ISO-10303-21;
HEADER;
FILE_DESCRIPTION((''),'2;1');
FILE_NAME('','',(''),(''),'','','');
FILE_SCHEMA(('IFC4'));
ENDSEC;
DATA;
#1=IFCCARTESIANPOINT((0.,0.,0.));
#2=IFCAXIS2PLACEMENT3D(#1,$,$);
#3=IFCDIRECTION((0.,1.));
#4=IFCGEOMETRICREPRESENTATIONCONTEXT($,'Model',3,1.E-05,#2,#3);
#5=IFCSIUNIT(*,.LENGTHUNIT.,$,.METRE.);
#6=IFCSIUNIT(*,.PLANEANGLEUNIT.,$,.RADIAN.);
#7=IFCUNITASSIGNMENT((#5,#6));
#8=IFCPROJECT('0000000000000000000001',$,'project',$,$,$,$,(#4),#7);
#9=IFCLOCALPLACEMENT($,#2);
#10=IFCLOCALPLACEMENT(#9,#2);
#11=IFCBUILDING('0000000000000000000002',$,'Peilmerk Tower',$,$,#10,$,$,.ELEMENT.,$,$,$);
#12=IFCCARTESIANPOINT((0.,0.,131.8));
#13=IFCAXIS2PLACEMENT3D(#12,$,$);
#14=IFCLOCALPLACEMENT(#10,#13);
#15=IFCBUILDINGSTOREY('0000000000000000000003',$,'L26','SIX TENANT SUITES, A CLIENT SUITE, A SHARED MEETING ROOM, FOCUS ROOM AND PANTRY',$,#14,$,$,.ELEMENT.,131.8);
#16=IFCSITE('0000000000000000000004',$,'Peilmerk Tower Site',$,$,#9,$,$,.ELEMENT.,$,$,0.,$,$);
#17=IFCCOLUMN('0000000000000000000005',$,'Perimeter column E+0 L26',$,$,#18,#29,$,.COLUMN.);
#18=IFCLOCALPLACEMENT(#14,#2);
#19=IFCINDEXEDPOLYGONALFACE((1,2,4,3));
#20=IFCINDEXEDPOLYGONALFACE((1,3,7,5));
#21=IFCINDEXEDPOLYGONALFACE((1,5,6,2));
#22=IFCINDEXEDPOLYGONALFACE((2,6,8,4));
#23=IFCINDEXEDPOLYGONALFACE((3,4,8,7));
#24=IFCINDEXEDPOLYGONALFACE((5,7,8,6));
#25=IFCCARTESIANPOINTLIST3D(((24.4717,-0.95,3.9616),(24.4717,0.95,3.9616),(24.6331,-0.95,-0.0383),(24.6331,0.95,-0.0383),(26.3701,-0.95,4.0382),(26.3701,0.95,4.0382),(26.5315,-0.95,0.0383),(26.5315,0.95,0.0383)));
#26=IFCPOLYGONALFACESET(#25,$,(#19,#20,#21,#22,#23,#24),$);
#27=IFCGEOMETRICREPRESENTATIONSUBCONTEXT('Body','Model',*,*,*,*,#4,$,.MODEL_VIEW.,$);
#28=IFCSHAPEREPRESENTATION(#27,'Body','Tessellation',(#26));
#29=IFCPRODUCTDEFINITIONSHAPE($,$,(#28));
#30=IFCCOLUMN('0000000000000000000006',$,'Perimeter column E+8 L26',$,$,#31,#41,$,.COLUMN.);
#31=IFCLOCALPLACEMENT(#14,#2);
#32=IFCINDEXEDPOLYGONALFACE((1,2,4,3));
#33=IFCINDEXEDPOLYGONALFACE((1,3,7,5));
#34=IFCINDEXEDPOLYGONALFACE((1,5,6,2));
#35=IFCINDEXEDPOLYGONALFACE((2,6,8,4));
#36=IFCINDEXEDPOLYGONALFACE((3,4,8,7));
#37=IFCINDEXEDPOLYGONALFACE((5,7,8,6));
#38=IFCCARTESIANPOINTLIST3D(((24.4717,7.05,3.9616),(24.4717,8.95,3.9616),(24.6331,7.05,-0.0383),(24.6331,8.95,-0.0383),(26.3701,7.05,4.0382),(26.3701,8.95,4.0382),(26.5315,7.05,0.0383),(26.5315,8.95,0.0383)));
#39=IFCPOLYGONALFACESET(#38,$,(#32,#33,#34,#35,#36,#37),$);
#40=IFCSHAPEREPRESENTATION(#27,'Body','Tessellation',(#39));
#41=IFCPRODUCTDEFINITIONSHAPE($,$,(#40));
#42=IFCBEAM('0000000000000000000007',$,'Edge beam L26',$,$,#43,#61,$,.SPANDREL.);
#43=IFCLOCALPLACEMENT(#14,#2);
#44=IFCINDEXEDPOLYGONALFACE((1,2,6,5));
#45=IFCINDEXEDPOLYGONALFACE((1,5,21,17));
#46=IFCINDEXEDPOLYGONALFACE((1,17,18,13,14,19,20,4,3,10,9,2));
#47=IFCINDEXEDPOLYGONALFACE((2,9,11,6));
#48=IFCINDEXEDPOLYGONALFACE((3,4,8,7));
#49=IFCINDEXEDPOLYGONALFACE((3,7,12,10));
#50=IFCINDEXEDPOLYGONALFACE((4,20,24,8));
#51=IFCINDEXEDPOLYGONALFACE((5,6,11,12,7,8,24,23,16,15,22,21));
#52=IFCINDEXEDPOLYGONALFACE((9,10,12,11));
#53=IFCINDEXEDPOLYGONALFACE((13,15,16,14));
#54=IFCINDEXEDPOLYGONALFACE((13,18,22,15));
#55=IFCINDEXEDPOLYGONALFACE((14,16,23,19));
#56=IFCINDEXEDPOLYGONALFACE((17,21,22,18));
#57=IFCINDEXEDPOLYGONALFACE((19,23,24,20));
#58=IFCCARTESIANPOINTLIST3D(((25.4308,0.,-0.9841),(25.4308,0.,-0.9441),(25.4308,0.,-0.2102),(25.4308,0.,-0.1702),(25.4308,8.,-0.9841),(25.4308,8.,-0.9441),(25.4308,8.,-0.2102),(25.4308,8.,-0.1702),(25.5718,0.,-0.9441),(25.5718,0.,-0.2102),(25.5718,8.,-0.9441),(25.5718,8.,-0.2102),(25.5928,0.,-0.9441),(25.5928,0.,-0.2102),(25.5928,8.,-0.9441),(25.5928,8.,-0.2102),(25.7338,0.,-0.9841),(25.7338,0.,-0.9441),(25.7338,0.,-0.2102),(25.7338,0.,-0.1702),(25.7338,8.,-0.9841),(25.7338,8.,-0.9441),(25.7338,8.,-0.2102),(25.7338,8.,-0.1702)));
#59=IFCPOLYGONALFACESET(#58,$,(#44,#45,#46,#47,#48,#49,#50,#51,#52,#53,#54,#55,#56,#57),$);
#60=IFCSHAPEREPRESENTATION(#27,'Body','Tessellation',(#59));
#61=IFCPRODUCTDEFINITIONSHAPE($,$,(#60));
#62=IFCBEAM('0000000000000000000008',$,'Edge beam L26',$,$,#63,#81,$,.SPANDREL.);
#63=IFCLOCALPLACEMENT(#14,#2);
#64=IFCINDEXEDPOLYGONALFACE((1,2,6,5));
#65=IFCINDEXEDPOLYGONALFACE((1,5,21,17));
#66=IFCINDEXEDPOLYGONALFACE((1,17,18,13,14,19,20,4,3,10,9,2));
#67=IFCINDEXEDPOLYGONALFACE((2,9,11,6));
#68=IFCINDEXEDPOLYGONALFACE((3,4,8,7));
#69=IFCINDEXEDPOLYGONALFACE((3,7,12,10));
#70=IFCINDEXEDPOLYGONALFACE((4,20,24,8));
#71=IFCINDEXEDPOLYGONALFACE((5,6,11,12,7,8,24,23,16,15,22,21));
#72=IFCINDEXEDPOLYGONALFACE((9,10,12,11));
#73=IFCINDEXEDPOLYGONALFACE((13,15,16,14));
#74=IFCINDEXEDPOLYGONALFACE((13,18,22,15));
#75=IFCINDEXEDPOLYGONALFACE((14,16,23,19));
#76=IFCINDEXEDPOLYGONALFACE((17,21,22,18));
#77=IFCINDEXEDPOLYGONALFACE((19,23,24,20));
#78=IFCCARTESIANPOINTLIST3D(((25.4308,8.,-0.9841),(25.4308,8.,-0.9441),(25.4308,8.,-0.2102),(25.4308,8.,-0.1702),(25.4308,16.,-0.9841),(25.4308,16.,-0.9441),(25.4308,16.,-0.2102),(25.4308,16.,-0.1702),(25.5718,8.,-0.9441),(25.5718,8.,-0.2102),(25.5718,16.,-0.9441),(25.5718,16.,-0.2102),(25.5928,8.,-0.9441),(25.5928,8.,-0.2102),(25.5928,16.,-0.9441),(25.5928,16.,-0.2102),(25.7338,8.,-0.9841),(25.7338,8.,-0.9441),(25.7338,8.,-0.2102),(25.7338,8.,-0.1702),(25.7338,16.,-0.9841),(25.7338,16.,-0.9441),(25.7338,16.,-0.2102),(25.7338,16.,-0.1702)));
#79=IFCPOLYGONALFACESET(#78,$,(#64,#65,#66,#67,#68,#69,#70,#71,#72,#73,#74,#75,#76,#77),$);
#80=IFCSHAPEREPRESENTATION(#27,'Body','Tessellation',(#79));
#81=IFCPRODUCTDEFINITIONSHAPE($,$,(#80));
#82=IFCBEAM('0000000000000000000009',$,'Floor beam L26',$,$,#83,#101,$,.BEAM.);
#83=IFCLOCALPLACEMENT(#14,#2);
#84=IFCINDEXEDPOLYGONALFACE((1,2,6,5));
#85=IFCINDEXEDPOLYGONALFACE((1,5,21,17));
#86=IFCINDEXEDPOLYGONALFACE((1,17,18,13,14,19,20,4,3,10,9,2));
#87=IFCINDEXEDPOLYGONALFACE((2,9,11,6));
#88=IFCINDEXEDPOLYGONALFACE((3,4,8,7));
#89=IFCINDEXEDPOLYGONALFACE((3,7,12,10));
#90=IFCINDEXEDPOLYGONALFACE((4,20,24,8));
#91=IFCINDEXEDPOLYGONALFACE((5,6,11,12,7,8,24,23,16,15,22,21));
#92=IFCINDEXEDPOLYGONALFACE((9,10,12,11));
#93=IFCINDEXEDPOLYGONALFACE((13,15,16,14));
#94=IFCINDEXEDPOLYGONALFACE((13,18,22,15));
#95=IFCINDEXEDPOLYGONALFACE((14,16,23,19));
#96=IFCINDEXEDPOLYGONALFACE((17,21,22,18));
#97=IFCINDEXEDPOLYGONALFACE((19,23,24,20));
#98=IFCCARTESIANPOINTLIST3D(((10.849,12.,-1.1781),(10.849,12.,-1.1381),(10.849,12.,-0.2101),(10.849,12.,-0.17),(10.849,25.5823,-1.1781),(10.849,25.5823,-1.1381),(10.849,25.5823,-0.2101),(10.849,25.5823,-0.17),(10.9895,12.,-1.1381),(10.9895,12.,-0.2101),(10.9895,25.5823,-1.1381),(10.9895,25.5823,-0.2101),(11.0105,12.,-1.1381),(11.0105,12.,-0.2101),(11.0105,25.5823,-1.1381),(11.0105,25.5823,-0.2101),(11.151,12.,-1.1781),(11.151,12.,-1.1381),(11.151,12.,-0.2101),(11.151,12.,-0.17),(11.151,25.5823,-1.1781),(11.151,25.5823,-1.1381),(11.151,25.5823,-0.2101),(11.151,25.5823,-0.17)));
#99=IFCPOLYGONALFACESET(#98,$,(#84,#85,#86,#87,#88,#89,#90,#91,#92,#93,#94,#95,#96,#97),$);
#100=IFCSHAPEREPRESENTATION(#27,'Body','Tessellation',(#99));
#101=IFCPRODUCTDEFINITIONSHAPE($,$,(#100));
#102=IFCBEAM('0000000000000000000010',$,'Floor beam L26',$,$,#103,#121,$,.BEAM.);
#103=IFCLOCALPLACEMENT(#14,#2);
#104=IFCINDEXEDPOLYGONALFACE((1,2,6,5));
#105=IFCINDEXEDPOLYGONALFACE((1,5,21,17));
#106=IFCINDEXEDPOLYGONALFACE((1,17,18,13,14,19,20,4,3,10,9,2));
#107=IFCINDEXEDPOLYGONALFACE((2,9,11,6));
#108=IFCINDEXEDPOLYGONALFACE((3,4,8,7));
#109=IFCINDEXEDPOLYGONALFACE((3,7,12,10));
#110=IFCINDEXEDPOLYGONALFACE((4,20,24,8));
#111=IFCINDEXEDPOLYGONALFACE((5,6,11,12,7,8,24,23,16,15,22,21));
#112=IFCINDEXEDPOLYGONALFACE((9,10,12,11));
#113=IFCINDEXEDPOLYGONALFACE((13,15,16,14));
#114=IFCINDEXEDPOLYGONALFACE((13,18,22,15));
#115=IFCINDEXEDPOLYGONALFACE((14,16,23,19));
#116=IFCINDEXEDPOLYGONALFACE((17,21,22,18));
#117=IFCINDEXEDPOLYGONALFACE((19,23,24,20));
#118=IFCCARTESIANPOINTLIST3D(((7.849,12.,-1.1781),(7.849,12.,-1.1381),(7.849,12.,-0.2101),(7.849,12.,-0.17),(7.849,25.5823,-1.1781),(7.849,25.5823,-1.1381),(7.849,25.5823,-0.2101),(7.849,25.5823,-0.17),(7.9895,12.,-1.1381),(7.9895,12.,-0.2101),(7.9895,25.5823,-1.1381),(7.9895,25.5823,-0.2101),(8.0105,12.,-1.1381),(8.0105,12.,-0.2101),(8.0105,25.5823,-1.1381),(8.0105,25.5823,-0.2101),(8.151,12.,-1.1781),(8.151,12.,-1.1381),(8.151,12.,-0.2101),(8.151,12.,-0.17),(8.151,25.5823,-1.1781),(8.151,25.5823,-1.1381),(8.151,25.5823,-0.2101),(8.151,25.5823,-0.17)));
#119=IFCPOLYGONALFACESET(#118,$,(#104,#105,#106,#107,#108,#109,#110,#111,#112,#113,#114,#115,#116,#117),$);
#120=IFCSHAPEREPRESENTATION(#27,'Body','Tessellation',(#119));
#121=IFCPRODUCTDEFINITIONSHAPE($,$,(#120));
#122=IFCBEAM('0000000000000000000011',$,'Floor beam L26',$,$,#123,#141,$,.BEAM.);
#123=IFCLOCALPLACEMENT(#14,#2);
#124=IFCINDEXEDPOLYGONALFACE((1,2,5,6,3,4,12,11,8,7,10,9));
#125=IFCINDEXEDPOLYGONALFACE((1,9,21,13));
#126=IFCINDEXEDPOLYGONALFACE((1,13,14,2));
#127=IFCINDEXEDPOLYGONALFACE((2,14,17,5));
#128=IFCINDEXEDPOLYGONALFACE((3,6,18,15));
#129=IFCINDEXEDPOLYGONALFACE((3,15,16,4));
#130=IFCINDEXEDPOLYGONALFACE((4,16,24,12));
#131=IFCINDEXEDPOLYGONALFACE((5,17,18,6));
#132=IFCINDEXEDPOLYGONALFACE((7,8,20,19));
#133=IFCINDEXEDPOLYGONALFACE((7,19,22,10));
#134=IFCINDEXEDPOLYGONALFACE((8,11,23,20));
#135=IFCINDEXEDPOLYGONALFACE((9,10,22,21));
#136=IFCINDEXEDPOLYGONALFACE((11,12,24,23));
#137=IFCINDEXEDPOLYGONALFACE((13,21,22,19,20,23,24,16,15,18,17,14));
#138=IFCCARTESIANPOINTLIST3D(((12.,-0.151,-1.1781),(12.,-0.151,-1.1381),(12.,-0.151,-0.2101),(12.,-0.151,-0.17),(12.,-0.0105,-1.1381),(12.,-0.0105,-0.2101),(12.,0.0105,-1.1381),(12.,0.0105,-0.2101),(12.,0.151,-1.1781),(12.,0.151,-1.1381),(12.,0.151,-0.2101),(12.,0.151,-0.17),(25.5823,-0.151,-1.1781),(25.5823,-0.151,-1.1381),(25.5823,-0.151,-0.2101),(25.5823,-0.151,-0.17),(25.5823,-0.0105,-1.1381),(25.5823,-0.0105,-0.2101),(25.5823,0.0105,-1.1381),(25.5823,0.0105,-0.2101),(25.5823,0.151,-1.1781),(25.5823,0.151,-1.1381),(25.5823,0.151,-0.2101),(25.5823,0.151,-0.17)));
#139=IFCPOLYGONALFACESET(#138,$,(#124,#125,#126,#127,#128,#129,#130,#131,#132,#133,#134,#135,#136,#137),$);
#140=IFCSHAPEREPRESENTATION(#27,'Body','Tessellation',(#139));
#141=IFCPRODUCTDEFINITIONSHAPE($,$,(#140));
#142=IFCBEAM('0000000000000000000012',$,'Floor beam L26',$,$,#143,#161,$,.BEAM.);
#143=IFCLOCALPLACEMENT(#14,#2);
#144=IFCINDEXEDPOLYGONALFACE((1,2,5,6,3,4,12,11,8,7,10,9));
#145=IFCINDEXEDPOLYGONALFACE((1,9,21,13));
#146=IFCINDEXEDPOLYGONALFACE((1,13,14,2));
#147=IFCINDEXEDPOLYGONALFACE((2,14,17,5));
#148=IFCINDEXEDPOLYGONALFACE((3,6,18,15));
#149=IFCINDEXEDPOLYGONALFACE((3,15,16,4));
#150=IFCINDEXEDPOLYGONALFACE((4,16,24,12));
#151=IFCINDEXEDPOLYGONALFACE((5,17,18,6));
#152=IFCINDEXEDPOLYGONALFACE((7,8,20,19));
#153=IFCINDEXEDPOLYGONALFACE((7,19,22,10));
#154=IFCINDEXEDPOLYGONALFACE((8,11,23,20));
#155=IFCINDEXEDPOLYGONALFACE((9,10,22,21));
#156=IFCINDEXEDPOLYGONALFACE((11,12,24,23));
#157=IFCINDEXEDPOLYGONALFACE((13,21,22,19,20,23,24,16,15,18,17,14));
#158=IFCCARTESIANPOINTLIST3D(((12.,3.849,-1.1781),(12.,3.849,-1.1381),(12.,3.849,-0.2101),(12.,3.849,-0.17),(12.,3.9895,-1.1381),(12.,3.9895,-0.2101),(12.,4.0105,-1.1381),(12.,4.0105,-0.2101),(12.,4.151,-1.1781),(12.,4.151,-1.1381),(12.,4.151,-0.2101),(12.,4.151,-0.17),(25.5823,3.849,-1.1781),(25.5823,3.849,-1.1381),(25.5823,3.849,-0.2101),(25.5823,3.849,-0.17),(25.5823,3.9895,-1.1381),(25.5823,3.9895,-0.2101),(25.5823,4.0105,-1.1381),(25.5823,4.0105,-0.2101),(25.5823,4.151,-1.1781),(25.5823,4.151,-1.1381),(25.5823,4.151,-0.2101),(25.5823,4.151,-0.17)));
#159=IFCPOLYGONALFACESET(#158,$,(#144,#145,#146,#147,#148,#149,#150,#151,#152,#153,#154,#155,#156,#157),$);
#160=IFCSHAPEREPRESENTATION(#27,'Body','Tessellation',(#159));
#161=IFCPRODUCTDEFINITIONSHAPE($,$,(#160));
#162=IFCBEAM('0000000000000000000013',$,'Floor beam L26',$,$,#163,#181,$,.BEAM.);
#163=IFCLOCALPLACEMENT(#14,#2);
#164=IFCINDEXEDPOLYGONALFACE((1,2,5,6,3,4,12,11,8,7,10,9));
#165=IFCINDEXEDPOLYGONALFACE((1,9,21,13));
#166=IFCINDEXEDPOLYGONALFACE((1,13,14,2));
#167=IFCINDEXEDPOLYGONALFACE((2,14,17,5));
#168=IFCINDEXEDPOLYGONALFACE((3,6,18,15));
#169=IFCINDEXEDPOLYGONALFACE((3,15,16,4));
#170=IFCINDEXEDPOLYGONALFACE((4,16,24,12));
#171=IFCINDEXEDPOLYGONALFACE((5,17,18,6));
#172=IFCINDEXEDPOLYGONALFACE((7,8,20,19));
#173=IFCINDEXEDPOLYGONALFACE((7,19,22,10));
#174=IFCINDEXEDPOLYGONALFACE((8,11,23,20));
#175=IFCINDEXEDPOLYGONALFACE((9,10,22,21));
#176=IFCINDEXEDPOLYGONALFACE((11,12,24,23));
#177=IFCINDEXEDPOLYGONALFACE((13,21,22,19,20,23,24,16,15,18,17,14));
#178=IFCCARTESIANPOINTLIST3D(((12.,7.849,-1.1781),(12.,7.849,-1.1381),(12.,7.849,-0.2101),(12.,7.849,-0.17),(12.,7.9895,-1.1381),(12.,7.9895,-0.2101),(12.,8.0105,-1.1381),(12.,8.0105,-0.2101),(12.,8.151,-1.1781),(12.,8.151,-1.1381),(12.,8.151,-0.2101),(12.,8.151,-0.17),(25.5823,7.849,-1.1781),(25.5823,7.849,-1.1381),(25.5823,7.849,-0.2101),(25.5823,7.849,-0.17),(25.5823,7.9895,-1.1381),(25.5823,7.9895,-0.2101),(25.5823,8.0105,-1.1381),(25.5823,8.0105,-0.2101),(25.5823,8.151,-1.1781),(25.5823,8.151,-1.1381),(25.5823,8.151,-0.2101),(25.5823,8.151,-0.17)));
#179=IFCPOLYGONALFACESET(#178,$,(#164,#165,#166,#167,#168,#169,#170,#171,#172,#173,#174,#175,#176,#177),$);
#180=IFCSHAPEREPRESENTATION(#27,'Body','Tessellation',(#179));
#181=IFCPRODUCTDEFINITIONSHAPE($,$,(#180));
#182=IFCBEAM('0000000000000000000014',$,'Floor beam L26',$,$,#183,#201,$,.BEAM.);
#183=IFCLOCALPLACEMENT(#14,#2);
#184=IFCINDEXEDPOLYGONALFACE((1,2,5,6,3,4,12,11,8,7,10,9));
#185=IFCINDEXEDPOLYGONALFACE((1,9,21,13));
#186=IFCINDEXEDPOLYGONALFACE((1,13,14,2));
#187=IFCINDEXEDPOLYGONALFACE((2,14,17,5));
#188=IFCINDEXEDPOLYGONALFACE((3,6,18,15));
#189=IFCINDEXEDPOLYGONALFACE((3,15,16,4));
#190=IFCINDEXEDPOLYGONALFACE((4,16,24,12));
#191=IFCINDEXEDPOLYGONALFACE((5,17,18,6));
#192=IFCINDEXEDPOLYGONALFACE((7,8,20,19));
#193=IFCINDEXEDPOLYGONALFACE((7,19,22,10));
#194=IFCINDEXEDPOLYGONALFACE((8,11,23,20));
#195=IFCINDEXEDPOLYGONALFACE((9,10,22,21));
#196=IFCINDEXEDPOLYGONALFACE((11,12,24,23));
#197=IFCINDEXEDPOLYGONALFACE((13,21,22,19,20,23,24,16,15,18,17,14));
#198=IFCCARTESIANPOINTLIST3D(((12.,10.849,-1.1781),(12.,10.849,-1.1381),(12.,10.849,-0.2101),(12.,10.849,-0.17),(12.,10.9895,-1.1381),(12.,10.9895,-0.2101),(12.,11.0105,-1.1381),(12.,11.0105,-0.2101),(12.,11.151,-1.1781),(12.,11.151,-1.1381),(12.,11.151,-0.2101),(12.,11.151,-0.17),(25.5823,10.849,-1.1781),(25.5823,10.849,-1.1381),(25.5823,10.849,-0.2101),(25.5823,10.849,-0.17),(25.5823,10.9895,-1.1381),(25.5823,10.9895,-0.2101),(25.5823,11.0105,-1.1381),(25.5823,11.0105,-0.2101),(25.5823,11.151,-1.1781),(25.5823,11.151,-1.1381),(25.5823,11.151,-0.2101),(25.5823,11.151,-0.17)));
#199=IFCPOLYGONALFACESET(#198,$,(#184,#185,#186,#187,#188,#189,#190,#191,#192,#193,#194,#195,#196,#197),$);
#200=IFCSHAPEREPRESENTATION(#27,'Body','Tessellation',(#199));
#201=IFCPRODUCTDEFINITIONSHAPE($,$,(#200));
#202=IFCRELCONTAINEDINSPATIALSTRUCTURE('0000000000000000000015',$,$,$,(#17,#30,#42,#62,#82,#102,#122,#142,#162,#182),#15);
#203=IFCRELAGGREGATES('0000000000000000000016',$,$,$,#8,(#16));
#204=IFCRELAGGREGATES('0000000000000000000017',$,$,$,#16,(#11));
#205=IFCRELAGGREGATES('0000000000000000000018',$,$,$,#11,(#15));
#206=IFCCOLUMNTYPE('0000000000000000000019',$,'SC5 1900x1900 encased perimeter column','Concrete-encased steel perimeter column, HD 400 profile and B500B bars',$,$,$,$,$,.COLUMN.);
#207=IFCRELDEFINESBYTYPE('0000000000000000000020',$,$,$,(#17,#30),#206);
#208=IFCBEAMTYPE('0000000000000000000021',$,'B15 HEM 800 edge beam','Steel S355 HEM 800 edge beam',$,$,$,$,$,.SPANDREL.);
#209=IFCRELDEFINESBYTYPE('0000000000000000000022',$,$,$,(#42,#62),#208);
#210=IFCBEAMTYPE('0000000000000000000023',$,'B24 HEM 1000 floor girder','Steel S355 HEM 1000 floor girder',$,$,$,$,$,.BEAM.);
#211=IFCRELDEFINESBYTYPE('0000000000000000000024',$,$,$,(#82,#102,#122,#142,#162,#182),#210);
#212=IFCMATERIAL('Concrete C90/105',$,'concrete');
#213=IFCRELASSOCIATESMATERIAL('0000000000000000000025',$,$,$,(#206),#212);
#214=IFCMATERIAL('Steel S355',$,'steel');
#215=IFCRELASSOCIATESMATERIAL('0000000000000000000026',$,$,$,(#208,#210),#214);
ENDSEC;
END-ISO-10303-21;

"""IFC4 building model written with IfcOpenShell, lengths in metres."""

from ifc_helpers import new_model, si_unit, direction, frame, origin, origin_2d, place, context, subcontext, project, spatial, rectangle, i_section, extrude, material, material_profile, profile_set, type_object, element, save


model = new_model("IFC4")

# Units and contexts
model_context = context("Model", 3, precision=1e-05, world=origin(), true_north=direction((0.0, 1.0)))
body_context = subcontext(model_context, "Body", "Model", "MODEL_VIEW")
ifc_project = project(units=[si_unit("LENGTHUNIT", "METRE"), si_unit("PLANEANGLEUNIT", "RADIAN")], contexts=[model_context])

# Site, building, storey
site_placement = place(None, origin())
site = spatial("IfcSite", under=ifc_project, at=site_placement, Name="Peilmerk Tower Site", CompositionType="ELEMENT", RefElevation=0.0)
building_placement = place(site_placement, origin())
building = spatial("IfcBuilding", under=site, at=building_placement, Name="Peilmerk Tower", CompositionType="ELEMENT")
storey_placement = place(building_placement, frame((0.0, 0.0, 131.8)))
storey = spatial("IfcBuildingStorey", under=building, at=storey_placement, Name="L26", Description="SIX TENANT SUITES, A CLIENT SUITE, A SHARED MEETING ROOM, FOCUS ROOM AND PANTRY", CompositionType="ELEMENT", Elevation=131.8)

# Columns
ifc_material_1 = material(Name="Concrete C90/105", Category="concrete")
ifc_material_profile_1 = material_profile(ifc_material_1, rectangle(XDim=1.8999, YDim=1.8999, at=origin_2d()), Name="RC 1900x1900")
ifc_profile_set_1 = profile_set([ifc_material_profile_1], Name="Concrete C90/105")
column_type = type_object("IfcColumnType", Name="SC5 1900x1900 encased perimeter column", Description="Concrete-encased steel perimeter column, HD 400 profile and B500B bars", PredefinedType="COLUMN", material=ifc_profile_set_1)
for number, where, z_axis, x_axis, name in (
    (1, (25.5823, 0.0, 0.0), (-0.040311, 0.0, 0.999187), (0.0, -1.0, 0.0), "Perimeter column E+0 L26"),
    (2, (25.5823, 8.0, 0.0), (-0.040311, 0.0, 0.999187), (0.0, -1.0, 0.0), "Perimeter column E+8 L26"),
):
    element("IfcColumn", number, at=place(storey_placement, frame(where, z_axis=z_axis, x_axis=x_axis)), inside=storey, type_object=column_type, Name=name, PredefinedType="COLUMN", context=body_context, shape_type="SweptSolid", body=[
        extrude(rectangle(XDim=1.8999, YDim=1.8999, at=origin_2d()), origin(), (0.0, 0.0, 1.0), 4.0032),
    ])

# Beams
ifc_material_2 = material(Name="Steel S355", Category="steel")
ifc_material_profile_2 = material_profile(ifc_material_2, i_section(OverallWidth=0.303, OverallDepth=0.814, WebThickness=0.021, FlangeThickness=0.04, at=origin_2d()), Name="HEM 800")
ifc_profile_set_2 = profile_set([ifc_material_profile_2], Name="Steel S355")
beam_type_1 = type_object("IfcBeamType", Name="B15 HEM 800 edge beam", Description="Steel S355 HEM 800 edge beam", PredefinedType="SPANDREL", material=ifc_profile_set_2)
for number, where, z_axis, x_axis, name in (
    (3, (25.5823, 0.0, -0.5771), (0.0, 1.0, 0.0), (-1.0, 0.0, 0.0), "Edge beam L26"),
    (4, (25.5823, 8.0, -0.5771), (0.0, 1.0, 0.0), (-1.0, 0.0, 0.0), "Edge beam L26"),
):
    element("IfcBeam", number, at=place(storey_placement, frame(where, z_axis=z_axis, x_axis=x_axis)), inside=storey, type_object=beam_type_1, Name=name, PredefinedType="SPANDREL", context=body_context, shape_type="SweptSolid", body=[
        extrude(i_section(OverallWidth=0.303, OverallDepth=0.814, WebThickness=0.021, FlangeThickness=0.04, at=origin_2d()), origin(), (0.0, 0.0, 1.0), 8.0),
    ])
ifc_material_profile_3 = material_profile(ifc_material_2, i_section(OverallWidth=0.302, OverallDepth=1.0081, WebThickness=0.021, FlangeThickness=0.04, at=origin_2d()), Name="HEM 1000")
ifc_profile_set_3 = profile_set([ifc_material_profile_3], Name="Steel S355")
beam_type_2 = type_object("IfcBeamType", Name="B24 HEM 1000 floor girder", Description="Steel S355 HEM 1000 floor girder", PredefinedType="BEAM", material=ifc_profile_set_3)
for number, where, z_axis, x_axis, name in (
    (5, (11.0, 12.0, -0.6741), (0.0, 1.0, 0.0), (-1.0, 0.0, 0.0), "Floor beam L26"),
    (6, (8.0, 12.0, -0.6741), (0.0, 1.0, 0.0), (-1.0, 0.0, 0.0), "Floor beam L26"),
    (7, (12.0, 0.0, -0.6741), (1.0, 0.0, 0.0), (0.0, 1.0, 0.0), "Floor beam L26"),
    (8, (12.0, 4.0, -0.6741), (1.0, 0.0, 0.0), (0.0, 1.0, 0.0), "Floor beam L26"),
    (9, (12.0, 8.0, -0.6741), (1.0, 0.0, 0.0), (0.0, 1.0, 0.0), "Floor beam L26"),
    (10, (12.0, 11.0, -0.6741), (1.0, 0.0, 0.0), (0.0, 1.0, 0.0), "Floor beam L26"),
):
    element("IfcBeam", number, at=place(storey_placement, frame(where, z_axis=z_axis, x_axis=x_axis)), inside=storey, type_object=beam_type_2, Name=name, PredefinedType="BEAM", context=body_context, shape_type="SweptSolid", body=[
        extrude(i_section(OverallWidth=0.302, OverallDepth=1.0081, WebThickness=0.021, FlangeThickness=0.04, at=origin_2d()), origin(), (0.0, 0.0, 1.0), 13.5823),
    ])

save(model, "model.ifc")
